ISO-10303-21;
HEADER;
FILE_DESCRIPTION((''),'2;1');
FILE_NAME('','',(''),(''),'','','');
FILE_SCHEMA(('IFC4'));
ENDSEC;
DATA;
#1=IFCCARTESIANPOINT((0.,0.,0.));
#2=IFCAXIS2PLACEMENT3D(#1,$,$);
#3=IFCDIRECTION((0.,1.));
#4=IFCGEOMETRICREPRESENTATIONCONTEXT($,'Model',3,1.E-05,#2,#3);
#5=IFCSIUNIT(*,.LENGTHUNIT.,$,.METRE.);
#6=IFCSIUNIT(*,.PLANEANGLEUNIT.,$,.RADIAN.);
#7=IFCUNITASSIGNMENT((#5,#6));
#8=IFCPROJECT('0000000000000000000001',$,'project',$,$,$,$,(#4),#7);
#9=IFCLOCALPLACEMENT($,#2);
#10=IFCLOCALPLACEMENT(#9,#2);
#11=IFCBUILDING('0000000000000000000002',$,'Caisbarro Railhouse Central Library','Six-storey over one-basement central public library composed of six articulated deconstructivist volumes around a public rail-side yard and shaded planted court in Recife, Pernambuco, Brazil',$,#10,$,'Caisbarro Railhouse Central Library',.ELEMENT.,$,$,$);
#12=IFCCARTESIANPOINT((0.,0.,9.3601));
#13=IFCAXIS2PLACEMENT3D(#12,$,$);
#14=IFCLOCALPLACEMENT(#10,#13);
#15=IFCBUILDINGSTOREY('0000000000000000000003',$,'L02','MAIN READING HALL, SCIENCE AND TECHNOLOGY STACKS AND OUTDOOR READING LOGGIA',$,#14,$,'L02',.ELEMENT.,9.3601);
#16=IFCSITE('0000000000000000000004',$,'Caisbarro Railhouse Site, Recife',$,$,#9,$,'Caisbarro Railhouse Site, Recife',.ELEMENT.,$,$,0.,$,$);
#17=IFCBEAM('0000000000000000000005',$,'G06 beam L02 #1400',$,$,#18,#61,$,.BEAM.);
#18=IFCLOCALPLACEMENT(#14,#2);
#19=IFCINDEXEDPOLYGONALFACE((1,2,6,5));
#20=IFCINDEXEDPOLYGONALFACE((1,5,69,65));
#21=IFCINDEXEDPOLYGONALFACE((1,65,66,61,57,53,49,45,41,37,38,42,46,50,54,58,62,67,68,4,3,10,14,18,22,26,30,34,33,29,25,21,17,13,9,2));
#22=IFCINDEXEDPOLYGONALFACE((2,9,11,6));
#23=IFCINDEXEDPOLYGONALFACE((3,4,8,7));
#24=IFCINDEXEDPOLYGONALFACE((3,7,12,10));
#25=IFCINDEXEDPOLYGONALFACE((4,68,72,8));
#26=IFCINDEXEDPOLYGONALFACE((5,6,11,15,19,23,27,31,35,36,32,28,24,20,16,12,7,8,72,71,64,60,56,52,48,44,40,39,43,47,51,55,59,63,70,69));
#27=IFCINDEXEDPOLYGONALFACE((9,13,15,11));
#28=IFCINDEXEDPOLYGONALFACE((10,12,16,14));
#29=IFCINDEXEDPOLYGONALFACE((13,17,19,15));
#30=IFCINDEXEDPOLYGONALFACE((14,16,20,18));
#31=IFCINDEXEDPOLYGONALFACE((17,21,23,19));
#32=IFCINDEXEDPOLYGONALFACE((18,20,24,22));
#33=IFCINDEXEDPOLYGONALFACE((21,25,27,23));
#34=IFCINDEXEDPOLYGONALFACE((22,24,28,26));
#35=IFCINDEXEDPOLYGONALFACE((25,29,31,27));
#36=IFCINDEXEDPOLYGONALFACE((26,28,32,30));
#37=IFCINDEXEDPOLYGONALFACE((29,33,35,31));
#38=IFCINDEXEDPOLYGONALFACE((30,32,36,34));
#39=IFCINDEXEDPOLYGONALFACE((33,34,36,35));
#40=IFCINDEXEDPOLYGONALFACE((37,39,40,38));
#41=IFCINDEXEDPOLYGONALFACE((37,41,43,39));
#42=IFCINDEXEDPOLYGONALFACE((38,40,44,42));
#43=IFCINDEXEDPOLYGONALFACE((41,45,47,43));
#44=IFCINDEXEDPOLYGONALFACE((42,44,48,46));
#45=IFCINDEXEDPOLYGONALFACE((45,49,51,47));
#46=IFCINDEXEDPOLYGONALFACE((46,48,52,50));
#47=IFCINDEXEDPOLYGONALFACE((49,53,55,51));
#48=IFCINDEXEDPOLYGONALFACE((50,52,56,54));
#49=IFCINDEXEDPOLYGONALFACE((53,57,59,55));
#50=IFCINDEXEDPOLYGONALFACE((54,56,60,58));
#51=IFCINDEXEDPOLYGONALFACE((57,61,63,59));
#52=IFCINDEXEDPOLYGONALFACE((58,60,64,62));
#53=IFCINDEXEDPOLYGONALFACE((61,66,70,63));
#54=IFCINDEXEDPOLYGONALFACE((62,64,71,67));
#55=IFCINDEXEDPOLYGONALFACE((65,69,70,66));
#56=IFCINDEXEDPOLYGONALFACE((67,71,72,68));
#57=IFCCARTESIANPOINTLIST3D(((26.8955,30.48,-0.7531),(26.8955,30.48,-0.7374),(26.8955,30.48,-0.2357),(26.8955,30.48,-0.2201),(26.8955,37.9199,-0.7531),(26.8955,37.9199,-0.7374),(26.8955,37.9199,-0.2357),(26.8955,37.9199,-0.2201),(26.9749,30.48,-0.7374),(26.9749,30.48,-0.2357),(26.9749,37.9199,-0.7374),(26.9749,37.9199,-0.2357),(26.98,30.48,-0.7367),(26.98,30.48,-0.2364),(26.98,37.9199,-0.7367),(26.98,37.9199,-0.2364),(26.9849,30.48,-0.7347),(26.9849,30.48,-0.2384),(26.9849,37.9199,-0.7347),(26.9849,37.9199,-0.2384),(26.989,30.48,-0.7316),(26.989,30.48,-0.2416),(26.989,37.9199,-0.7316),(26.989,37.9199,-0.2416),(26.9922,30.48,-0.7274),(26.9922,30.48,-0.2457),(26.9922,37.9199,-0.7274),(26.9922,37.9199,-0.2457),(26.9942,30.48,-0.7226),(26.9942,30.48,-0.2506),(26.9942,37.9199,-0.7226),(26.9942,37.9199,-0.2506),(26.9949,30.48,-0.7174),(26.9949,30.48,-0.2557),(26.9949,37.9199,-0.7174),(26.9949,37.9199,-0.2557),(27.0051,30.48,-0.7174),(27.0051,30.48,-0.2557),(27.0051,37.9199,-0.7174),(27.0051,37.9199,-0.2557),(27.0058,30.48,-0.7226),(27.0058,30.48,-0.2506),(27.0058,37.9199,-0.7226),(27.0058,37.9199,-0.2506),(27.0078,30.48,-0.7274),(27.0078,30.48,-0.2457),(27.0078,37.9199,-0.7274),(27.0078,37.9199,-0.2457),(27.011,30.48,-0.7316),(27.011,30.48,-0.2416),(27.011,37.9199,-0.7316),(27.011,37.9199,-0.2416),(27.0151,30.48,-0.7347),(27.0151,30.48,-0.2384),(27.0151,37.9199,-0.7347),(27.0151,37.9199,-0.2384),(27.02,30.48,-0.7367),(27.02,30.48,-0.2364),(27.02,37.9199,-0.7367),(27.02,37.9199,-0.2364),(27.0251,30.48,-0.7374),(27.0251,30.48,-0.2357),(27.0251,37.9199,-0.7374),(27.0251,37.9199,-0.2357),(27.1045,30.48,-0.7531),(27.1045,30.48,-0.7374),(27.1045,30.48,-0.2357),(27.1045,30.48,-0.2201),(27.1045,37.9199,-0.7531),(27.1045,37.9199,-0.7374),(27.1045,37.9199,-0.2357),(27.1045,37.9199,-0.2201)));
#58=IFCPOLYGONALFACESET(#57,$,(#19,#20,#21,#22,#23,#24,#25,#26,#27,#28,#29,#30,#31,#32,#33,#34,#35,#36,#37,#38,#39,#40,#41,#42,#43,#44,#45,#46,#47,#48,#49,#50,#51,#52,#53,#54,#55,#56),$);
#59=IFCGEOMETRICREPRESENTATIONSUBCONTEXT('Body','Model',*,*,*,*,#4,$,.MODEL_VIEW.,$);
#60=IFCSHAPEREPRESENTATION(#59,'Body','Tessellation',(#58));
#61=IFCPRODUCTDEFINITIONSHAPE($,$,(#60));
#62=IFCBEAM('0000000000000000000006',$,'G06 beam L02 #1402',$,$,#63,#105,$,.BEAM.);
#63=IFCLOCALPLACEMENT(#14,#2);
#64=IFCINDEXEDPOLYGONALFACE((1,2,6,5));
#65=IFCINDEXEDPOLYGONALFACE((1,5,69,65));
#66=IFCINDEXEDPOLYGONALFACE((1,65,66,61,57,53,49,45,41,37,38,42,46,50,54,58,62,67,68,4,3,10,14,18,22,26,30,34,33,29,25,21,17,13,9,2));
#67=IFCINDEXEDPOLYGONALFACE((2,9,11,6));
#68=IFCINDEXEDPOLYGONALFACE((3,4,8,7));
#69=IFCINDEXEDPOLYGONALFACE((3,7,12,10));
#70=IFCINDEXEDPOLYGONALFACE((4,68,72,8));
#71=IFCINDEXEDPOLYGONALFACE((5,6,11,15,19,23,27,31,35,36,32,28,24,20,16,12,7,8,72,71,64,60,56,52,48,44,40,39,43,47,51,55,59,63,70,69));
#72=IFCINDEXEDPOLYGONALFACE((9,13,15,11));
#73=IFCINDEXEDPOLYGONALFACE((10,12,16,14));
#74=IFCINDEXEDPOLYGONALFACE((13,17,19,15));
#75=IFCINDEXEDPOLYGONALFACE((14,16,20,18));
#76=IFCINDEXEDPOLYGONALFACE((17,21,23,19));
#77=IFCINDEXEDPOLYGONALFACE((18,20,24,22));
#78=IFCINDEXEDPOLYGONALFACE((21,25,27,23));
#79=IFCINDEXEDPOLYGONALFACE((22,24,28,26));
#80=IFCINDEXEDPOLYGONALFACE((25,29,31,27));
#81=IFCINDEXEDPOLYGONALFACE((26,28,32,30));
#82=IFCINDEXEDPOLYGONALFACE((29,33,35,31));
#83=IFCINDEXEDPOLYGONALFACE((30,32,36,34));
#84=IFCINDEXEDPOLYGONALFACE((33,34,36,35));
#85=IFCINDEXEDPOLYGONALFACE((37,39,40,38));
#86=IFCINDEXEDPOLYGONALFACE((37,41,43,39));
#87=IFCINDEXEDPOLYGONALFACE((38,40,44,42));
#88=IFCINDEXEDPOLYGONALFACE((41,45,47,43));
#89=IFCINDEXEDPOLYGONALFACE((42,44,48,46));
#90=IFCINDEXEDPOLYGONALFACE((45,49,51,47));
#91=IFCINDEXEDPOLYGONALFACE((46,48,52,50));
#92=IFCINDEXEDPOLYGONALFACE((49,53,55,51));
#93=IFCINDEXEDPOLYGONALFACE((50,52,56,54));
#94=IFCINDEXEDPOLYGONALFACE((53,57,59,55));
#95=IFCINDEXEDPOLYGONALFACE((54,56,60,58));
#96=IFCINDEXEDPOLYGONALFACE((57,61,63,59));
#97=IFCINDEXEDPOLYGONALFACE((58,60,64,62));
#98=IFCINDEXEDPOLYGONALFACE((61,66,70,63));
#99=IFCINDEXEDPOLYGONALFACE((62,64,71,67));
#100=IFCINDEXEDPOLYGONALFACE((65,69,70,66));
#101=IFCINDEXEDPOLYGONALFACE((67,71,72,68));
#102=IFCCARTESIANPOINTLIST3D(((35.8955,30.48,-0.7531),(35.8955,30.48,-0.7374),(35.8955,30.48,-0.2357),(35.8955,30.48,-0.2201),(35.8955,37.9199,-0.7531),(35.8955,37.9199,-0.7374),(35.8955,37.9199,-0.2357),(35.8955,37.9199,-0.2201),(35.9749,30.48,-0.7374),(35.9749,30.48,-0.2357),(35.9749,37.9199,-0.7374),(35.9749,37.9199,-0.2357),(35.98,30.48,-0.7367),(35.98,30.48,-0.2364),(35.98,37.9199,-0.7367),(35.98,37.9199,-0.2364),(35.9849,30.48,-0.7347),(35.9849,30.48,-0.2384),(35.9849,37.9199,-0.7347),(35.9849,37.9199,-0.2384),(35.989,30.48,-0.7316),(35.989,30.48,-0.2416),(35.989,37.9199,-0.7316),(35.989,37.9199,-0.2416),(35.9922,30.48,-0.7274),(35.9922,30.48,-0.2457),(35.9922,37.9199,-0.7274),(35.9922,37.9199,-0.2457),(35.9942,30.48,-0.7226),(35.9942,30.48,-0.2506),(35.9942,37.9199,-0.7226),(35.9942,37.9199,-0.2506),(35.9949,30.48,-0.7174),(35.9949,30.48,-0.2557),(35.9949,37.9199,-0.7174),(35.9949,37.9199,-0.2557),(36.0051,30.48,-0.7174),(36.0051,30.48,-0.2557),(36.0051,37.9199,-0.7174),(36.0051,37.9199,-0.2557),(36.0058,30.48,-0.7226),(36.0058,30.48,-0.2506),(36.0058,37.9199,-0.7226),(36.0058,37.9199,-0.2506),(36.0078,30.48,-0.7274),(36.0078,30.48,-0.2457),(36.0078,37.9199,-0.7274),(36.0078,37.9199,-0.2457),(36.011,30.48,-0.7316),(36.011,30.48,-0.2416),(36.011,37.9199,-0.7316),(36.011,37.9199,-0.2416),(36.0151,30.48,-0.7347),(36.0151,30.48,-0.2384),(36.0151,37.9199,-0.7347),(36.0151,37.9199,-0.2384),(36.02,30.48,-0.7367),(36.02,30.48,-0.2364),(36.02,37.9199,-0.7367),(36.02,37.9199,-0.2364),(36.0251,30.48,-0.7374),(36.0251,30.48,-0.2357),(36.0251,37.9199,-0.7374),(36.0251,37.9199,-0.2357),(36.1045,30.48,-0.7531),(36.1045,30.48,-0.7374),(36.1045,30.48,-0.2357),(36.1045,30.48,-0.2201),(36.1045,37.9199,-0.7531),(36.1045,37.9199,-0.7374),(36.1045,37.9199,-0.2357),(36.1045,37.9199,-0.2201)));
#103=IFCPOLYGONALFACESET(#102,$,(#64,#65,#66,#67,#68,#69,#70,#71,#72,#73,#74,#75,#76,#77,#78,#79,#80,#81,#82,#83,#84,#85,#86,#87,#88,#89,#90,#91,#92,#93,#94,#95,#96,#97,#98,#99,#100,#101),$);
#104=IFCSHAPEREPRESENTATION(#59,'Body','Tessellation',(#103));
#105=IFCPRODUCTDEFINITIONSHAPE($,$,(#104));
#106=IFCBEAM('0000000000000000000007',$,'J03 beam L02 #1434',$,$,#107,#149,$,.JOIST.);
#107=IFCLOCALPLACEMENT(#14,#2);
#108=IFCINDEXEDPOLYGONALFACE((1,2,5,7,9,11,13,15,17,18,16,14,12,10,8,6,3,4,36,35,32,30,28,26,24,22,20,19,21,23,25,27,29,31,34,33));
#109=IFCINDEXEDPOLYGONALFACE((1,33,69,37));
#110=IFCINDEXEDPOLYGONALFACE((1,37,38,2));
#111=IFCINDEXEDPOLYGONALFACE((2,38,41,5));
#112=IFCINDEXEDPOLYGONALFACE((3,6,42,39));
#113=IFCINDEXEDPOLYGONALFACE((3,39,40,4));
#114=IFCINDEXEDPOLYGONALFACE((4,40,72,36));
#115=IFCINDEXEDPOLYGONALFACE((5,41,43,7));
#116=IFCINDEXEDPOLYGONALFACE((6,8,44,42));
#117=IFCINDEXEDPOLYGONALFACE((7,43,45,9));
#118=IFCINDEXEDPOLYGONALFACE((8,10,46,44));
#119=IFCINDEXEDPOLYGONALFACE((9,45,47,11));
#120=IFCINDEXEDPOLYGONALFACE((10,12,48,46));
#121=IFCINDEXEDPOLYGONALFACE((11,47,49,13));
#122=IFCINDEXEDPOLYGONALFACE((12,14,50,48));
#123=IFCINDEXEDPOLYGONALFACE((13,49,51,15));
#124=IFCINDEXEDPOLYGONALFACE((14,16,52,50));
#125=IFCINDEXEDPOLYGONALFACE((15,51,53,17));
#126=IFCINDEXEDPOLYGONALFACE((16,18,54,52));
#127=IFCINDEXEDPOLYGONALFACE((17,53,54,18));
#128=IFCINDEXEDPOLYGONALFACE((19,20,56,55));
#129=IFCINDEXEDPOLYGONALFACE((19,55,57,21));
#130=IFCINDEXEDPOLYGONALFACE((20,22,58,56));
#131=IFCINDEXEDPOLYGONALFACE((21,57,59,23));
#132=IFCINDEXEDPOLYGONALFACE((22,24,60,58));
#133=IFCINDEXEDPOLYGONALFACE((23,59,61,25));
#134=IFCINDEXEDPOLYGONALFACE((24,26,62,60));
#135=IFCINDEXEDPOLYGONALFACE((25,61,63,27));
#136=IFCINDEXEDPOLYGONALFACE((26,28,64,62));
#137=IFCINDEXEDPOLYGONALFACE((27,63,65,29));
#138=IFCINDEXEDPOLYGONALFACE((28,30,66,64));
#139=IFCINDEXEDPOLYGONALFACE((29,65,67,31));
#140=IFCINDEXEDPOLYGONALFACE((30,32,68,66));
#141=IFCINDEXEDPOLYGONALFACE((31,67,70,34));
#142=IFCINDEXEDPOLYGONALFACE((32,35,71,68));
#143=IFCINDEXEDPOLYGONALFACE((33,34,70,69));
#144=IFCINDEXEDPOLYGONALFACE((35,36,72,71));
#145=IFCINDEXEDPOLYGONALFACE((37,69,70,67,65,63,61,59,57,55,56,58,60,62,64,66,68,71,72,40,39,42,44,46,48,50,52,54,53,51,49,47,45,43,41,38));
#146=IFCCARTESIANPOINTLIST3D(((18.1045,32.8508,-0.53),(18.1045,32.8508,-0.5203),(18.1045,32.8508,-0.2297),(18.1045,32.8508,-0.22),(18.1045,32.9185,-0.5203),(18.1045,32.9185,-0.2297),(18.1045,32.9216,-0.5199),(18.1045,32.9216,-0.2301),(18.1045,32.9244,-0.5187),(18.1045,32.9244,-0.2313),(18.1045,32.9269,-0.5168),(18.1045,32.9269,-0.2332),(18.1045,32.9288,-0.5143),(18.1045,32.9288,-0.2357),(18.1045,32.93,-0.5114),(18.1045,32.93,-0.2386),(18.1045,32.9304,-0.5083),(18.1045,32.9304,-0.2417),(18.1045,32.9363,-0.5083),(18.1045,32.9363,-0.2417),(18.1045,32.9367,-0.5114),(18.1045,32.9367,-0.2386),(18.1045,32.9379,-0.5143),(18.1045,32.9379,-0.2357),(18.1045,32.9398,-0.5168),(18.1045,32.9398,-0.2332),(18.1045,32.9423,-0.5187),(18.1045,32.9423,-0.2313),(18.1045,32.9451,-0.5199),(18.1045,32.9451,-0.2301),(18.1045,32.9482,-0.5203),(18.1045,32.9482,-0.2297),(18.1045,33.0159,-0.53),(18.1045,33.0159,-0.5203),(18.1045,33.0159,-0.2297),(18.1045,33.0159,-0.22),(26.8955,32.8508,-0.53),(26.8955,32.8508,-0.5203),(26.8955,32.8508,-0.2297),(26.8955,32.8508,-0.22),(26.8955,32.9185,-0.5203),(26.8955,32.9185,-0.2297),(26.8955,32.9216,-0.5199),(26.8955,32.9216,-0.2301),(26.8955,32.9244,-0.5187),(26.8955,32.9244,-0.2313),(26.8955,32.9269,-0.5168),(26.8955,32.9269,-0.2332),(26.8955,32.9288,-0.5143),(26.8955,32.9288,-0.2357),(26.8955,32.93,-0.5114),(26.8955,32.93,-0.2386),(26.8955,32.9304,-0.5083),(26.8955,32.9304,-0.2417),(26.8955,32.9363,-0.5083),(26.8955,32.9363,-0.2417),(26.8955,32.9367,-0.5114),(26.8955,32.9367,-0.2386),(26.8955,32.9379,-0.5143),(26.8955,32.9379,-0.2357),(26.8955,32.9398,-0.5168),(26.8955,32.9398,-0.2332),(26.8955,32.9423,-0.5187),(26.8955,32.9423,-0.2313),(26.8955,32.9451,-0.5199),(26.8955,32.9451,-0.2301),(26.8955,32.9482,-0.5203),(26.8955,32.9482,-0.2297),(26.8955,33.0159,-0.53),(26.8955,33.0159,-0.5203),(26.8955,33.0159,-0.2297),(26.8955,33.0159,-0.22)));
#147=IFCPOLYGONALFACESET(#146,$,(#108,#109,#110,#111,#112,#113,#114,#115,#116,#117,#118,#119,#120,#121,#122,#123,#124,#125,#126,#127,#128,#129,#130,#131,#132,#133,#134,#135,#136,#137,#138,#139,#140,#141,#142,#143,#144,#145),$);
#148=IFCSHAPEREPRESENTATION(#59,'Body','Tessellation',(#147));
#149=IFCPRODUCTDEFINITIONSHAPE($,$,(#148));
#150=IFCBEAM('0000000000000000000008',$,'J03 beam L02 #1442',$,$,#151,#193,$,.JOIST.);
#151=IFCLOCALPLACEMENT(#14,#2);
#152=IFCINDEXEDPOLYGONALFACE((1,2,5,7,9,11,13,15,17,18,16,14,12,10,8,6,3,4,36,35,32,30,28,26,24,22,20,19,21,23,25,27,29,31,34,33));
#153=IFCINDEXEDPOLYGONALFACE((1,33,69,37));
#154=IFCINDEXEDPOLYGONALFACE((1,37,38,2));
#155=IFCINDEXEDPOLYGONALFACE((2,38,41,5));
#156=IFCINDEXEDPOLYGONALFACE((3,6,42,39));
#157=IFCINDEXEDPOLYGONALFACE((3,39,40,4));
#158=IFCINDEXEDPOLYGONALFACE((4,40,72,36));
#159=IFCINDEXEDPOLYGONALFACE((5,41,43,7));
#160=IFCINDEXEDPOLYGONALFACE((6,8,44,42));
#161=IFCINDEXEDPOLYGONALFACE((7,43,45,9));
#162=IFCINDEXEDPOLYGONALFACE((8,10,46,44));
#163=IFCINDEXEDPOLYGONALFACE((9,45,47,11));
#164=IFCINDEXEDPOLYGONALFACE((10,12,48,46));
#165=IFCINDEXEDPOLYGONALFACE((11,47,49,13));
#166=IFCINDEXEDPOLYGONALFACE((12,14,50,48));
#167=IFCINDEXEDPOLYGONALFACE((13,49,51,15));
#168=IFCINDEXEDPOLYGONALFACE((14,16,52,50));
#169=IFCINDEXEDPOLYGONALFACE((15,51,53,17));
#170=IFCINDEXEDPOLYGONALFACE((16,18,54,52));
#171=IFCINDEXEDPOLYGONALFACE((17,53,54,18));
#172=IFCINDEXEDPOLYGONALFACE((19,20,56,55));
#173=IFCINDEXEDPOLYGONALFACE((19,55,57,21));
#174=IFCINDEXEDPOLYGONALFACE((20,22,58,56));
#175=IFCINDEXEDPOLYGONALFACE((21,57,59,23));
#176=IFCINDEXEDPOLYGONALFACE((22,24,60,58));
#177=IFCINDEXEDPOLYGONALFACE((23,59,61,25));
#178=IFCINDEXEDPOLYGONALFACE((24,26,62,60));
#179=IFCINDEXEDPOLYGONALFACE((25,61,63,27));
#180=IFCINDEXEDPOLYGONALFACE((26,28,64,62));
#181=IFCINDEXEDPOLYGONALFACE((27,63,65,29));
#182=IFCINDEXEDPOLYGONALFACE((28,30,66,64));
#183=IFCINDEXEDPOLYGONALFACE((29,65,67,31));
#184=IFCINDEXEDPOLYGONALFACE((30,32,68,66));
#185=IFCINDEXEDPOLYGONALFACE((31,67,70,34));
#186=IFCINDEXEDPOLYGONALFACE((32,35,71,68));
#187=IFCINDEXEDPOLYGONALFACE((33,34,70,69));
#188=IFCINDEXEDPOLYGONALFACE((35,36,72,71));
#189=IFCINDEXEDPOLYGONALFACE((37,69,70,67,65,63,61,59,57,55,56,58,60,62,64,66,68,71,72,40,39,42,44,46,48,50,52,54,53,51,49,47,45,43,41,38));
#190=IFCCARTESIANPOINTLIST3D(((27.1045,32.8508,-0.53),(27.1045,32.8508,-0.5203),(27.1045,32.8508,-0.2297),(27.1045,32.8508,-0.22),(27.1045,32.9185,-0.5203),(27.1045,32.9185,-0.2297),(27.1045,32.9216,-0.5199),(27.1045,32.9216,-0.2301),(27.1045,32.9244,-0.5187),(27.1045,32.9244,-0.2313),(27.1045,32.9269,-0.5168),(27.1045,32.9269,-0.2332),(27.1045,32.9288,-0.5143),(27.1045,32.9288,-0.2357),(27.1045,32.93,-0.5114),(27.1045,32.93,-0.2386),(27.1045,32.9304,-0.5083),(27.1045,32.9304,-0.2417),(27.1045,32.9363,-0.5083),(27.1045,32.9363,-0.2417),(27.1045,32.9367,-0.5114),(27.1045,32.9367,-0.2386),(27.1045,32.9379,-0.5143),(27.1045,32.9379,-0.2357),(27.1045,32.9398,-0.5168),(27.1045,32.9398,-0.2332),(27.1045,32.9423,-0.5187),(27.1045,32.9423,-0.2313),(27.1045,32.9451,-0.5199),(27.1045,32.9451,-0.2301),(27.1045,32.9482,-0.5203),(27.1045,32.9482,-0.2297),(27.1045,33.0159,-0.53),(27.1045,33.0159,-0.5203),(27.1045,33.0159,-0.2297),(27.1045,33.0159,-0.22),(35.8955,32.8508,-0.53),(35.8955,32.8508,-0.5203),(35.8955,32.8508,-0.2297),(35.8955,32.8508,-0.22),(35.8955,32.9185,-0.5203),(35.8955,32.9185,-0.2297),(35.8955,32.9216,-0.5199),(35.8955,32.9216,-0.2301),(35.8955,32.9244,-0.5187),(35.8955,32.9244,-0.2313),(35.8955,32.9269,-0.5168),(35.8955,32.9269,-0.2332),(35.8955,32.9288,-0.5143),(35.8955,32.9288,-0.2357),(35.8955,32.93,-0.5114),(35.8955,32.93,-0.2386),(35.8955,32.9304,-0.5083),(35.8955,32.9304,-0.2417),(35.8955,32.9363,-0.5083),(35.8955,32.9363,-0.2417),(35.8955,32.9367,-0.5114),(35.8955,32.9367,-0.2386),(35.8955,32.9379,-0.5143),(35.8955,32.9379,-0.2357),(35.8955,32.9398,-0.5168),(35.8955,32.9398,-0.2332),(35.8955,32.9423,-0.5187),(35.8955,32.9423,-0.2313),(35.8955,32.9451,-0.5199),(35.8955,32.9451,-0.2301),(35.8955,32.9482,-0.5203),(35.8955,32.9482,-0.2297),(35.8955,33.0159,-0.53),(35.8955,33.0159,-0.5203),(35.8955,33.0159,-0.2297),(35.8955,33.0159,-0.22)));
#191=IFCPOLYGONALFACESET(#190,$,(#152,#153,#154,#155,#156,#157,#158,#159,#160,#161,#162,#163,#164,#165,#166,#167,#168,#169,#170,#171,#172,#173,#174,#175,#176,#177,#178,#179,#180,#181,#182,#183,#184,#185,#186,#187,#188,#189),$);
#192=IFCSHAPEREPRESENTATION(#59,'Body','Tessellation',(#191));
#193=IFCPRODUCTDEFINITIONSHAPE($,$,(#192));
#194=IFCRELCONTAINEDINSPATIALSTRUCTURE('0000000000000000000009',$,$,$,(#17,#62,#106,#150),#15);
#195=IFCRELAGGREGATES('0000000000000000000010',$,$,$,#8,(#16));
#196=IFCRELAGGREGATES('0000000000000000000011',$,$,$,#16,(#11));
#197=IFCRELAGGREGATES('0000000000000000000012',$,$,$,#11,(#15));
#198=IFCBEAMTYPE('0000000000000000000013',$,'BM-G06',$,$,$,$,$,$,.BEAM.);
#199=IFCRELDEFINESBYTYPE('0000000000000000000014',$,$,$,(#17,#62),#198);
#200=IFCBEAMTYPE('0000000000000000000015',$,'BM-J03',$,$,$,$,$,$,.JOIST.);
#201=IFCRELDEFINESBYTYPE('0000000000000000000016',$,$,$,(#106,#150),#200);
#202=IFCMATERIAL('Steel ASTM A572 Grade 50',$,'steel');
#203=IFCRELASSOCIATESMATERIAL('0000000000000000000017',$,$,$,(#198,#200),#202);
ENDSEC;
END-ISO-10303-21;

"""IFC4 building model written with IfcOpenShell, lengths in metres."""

from ifc_helpers import new_model, si_unit, direction, frame, origin, origin_2d, place, context, subcontext, project, spatial, i_section, extrude, material, material_profile, profile_set, type_object, element, save


model = new_model("IFC4")

# Units and contexts
model_context = context("Model", 3, precision=1e-05, world=origin(), true_north=direction((0.0, 1.0)))
body_context = subcontext(model_context, "Body", "Model", "MODEL_VIEW")
ifc_project = project(units=[si_unit("LENGTHUNIT", "METRE"), si_unit("PLANEANGLEUNIT", "RADIAN")], contexts=[model_context])

# Site, building, storey
site_placement = place(None, origin())
site = spatial("IfcSite", under=ifc_project, at=site_placement, Name="Caisbarro Railhouse Site, Recife", LongName="Caisbarro Railhouse Site, Recife", CompositionType="ELEMENT", RefElevation=0.0)
building_placement = place(site_placement, origin())
building = spatial("IfcBuilding", under=site, at=building_placement, Name="Caisbarro Railhouse Central Library", Description="Six-storey over one-basement central public library composed of six articulated deconstructivist volumes around a public rail-side yard and shaded planted court in Recife, Pernambuco, Brazil", LongName="Caisbarro Railhouse Central Library", CompositionType="ELEMENT")
storey_placement = place(building_placement, frame((0.0, 0.0, 9.3601)))
storey = spatial("IfcBuildingStorey", under=building, at=storey_placement, Name="L02", Description="MAIN READING HALL, SCIENCE AND TECHNOLOGY STACKS AND OUTDOOR READING LOGGIA", LongName="L02", CompositionType="ELEMENT", Elevation=9.3601)

# Beams
ifc_material_1 = material(Name="Steel ASTM A572 Grade 50", Category="steel")
ifc_material_profile_1 = material_profile(ifc_material_1, i_section(OverallWidth=0.209, OverallDepth=0.533, WebThickness=0.0103, FlangeThickness=0.0156, FilletRadius=0.02, at=origin_2d()), Name="W530X92.0")
ifc_profile_set_1 = profile_set([ifc_material_profile_1], Name="Steel ASTM A572 Grade 50")
beam_type_1 = type_object("IfcBeamType", Name="BM-G06", PredefinedType="BEAM", material=ifc_profile_set_1)
for number, where, z_axis, x_axis, name in (
    (1, (27.0, 30.48, -0.4866), (0.0, 1.0, 0.0), (-1.0, 0.0, 0.0), "G06 beam L02 #1400"),
    (2, (36.0, 30.48, -0.4866), (0.0, 1.0, 0.0), (-1.0, 0.0, 0.0), "G06 beam L02 #1402"),
):
    element("IfcBeam", number, at=place(storey_placement, frame(where, z_axis=z_axis, x_axis=x_axis)), inside=storey, type_object=beam_type_1, Name=name, PredefinedType="BEAM", context=body_context, shape_type="SweptSolid", body=[
        extrude(i_section(OverallWidth=0.209, OverallDepth=0.533, WebThickness=0.0103, FlangeThickness=0.0156, FilletRadius=0.02, at=origin_2d()), origin(), (0.0, 0.0, 1.0), 7.4399),
    ])
ifc_material_profile_2 = material_profile(ifc_material_1, i_section(OverallWidth=0.165, OverallDepth=0.3101, WebThickness=0.0059, FlangeThickness=0.0098, FilletRadius=0.012, at=origin_2d()), Name="W310X38.7")
ifc_profile_set_2 = profile_set([ifc_material_profile_2], Name="Steel ASTM A572 Grade 50")
beam_type_2 = type_object("IfcBeamType", Name="BM-J03", PredefinedType="JOIST", material=ifc_profile_set_2)
for number, where, z_axis, x_axis, name in (
    (3, (18.1045, 32.9333, -0.375), (1.0, 0.0, 0.0), (0.0, 1.0, 0.0), "J03 beam L02 #1434"),
    (4, (27.1045, 32.9333, -0.375), (1.0, 0.0, 0.0), (0.0, 1.0, 0.0), "J03 beam L02 #1442"),
):
    element("IfcBeam", number, at=place(storey_placement, frame(where, z_axis=z_axis, x_axis=x_axis)), inside=storey, type_object=beam_type_2, Name=name, PredefinedType="JOIST", context=body_context, shape_type="SweptSolid", body=[
        extrude(i_section(OverallWidth=0.165, OverallDepth=0.3101, WebThickness=0.0059, FlangeThickness=0.0098, FilletRadius=0.012, at=origin_2d()), origin(), (0.0, 0.0, 1.0), 8.791),
    ])

save(model, "model.ifc")
